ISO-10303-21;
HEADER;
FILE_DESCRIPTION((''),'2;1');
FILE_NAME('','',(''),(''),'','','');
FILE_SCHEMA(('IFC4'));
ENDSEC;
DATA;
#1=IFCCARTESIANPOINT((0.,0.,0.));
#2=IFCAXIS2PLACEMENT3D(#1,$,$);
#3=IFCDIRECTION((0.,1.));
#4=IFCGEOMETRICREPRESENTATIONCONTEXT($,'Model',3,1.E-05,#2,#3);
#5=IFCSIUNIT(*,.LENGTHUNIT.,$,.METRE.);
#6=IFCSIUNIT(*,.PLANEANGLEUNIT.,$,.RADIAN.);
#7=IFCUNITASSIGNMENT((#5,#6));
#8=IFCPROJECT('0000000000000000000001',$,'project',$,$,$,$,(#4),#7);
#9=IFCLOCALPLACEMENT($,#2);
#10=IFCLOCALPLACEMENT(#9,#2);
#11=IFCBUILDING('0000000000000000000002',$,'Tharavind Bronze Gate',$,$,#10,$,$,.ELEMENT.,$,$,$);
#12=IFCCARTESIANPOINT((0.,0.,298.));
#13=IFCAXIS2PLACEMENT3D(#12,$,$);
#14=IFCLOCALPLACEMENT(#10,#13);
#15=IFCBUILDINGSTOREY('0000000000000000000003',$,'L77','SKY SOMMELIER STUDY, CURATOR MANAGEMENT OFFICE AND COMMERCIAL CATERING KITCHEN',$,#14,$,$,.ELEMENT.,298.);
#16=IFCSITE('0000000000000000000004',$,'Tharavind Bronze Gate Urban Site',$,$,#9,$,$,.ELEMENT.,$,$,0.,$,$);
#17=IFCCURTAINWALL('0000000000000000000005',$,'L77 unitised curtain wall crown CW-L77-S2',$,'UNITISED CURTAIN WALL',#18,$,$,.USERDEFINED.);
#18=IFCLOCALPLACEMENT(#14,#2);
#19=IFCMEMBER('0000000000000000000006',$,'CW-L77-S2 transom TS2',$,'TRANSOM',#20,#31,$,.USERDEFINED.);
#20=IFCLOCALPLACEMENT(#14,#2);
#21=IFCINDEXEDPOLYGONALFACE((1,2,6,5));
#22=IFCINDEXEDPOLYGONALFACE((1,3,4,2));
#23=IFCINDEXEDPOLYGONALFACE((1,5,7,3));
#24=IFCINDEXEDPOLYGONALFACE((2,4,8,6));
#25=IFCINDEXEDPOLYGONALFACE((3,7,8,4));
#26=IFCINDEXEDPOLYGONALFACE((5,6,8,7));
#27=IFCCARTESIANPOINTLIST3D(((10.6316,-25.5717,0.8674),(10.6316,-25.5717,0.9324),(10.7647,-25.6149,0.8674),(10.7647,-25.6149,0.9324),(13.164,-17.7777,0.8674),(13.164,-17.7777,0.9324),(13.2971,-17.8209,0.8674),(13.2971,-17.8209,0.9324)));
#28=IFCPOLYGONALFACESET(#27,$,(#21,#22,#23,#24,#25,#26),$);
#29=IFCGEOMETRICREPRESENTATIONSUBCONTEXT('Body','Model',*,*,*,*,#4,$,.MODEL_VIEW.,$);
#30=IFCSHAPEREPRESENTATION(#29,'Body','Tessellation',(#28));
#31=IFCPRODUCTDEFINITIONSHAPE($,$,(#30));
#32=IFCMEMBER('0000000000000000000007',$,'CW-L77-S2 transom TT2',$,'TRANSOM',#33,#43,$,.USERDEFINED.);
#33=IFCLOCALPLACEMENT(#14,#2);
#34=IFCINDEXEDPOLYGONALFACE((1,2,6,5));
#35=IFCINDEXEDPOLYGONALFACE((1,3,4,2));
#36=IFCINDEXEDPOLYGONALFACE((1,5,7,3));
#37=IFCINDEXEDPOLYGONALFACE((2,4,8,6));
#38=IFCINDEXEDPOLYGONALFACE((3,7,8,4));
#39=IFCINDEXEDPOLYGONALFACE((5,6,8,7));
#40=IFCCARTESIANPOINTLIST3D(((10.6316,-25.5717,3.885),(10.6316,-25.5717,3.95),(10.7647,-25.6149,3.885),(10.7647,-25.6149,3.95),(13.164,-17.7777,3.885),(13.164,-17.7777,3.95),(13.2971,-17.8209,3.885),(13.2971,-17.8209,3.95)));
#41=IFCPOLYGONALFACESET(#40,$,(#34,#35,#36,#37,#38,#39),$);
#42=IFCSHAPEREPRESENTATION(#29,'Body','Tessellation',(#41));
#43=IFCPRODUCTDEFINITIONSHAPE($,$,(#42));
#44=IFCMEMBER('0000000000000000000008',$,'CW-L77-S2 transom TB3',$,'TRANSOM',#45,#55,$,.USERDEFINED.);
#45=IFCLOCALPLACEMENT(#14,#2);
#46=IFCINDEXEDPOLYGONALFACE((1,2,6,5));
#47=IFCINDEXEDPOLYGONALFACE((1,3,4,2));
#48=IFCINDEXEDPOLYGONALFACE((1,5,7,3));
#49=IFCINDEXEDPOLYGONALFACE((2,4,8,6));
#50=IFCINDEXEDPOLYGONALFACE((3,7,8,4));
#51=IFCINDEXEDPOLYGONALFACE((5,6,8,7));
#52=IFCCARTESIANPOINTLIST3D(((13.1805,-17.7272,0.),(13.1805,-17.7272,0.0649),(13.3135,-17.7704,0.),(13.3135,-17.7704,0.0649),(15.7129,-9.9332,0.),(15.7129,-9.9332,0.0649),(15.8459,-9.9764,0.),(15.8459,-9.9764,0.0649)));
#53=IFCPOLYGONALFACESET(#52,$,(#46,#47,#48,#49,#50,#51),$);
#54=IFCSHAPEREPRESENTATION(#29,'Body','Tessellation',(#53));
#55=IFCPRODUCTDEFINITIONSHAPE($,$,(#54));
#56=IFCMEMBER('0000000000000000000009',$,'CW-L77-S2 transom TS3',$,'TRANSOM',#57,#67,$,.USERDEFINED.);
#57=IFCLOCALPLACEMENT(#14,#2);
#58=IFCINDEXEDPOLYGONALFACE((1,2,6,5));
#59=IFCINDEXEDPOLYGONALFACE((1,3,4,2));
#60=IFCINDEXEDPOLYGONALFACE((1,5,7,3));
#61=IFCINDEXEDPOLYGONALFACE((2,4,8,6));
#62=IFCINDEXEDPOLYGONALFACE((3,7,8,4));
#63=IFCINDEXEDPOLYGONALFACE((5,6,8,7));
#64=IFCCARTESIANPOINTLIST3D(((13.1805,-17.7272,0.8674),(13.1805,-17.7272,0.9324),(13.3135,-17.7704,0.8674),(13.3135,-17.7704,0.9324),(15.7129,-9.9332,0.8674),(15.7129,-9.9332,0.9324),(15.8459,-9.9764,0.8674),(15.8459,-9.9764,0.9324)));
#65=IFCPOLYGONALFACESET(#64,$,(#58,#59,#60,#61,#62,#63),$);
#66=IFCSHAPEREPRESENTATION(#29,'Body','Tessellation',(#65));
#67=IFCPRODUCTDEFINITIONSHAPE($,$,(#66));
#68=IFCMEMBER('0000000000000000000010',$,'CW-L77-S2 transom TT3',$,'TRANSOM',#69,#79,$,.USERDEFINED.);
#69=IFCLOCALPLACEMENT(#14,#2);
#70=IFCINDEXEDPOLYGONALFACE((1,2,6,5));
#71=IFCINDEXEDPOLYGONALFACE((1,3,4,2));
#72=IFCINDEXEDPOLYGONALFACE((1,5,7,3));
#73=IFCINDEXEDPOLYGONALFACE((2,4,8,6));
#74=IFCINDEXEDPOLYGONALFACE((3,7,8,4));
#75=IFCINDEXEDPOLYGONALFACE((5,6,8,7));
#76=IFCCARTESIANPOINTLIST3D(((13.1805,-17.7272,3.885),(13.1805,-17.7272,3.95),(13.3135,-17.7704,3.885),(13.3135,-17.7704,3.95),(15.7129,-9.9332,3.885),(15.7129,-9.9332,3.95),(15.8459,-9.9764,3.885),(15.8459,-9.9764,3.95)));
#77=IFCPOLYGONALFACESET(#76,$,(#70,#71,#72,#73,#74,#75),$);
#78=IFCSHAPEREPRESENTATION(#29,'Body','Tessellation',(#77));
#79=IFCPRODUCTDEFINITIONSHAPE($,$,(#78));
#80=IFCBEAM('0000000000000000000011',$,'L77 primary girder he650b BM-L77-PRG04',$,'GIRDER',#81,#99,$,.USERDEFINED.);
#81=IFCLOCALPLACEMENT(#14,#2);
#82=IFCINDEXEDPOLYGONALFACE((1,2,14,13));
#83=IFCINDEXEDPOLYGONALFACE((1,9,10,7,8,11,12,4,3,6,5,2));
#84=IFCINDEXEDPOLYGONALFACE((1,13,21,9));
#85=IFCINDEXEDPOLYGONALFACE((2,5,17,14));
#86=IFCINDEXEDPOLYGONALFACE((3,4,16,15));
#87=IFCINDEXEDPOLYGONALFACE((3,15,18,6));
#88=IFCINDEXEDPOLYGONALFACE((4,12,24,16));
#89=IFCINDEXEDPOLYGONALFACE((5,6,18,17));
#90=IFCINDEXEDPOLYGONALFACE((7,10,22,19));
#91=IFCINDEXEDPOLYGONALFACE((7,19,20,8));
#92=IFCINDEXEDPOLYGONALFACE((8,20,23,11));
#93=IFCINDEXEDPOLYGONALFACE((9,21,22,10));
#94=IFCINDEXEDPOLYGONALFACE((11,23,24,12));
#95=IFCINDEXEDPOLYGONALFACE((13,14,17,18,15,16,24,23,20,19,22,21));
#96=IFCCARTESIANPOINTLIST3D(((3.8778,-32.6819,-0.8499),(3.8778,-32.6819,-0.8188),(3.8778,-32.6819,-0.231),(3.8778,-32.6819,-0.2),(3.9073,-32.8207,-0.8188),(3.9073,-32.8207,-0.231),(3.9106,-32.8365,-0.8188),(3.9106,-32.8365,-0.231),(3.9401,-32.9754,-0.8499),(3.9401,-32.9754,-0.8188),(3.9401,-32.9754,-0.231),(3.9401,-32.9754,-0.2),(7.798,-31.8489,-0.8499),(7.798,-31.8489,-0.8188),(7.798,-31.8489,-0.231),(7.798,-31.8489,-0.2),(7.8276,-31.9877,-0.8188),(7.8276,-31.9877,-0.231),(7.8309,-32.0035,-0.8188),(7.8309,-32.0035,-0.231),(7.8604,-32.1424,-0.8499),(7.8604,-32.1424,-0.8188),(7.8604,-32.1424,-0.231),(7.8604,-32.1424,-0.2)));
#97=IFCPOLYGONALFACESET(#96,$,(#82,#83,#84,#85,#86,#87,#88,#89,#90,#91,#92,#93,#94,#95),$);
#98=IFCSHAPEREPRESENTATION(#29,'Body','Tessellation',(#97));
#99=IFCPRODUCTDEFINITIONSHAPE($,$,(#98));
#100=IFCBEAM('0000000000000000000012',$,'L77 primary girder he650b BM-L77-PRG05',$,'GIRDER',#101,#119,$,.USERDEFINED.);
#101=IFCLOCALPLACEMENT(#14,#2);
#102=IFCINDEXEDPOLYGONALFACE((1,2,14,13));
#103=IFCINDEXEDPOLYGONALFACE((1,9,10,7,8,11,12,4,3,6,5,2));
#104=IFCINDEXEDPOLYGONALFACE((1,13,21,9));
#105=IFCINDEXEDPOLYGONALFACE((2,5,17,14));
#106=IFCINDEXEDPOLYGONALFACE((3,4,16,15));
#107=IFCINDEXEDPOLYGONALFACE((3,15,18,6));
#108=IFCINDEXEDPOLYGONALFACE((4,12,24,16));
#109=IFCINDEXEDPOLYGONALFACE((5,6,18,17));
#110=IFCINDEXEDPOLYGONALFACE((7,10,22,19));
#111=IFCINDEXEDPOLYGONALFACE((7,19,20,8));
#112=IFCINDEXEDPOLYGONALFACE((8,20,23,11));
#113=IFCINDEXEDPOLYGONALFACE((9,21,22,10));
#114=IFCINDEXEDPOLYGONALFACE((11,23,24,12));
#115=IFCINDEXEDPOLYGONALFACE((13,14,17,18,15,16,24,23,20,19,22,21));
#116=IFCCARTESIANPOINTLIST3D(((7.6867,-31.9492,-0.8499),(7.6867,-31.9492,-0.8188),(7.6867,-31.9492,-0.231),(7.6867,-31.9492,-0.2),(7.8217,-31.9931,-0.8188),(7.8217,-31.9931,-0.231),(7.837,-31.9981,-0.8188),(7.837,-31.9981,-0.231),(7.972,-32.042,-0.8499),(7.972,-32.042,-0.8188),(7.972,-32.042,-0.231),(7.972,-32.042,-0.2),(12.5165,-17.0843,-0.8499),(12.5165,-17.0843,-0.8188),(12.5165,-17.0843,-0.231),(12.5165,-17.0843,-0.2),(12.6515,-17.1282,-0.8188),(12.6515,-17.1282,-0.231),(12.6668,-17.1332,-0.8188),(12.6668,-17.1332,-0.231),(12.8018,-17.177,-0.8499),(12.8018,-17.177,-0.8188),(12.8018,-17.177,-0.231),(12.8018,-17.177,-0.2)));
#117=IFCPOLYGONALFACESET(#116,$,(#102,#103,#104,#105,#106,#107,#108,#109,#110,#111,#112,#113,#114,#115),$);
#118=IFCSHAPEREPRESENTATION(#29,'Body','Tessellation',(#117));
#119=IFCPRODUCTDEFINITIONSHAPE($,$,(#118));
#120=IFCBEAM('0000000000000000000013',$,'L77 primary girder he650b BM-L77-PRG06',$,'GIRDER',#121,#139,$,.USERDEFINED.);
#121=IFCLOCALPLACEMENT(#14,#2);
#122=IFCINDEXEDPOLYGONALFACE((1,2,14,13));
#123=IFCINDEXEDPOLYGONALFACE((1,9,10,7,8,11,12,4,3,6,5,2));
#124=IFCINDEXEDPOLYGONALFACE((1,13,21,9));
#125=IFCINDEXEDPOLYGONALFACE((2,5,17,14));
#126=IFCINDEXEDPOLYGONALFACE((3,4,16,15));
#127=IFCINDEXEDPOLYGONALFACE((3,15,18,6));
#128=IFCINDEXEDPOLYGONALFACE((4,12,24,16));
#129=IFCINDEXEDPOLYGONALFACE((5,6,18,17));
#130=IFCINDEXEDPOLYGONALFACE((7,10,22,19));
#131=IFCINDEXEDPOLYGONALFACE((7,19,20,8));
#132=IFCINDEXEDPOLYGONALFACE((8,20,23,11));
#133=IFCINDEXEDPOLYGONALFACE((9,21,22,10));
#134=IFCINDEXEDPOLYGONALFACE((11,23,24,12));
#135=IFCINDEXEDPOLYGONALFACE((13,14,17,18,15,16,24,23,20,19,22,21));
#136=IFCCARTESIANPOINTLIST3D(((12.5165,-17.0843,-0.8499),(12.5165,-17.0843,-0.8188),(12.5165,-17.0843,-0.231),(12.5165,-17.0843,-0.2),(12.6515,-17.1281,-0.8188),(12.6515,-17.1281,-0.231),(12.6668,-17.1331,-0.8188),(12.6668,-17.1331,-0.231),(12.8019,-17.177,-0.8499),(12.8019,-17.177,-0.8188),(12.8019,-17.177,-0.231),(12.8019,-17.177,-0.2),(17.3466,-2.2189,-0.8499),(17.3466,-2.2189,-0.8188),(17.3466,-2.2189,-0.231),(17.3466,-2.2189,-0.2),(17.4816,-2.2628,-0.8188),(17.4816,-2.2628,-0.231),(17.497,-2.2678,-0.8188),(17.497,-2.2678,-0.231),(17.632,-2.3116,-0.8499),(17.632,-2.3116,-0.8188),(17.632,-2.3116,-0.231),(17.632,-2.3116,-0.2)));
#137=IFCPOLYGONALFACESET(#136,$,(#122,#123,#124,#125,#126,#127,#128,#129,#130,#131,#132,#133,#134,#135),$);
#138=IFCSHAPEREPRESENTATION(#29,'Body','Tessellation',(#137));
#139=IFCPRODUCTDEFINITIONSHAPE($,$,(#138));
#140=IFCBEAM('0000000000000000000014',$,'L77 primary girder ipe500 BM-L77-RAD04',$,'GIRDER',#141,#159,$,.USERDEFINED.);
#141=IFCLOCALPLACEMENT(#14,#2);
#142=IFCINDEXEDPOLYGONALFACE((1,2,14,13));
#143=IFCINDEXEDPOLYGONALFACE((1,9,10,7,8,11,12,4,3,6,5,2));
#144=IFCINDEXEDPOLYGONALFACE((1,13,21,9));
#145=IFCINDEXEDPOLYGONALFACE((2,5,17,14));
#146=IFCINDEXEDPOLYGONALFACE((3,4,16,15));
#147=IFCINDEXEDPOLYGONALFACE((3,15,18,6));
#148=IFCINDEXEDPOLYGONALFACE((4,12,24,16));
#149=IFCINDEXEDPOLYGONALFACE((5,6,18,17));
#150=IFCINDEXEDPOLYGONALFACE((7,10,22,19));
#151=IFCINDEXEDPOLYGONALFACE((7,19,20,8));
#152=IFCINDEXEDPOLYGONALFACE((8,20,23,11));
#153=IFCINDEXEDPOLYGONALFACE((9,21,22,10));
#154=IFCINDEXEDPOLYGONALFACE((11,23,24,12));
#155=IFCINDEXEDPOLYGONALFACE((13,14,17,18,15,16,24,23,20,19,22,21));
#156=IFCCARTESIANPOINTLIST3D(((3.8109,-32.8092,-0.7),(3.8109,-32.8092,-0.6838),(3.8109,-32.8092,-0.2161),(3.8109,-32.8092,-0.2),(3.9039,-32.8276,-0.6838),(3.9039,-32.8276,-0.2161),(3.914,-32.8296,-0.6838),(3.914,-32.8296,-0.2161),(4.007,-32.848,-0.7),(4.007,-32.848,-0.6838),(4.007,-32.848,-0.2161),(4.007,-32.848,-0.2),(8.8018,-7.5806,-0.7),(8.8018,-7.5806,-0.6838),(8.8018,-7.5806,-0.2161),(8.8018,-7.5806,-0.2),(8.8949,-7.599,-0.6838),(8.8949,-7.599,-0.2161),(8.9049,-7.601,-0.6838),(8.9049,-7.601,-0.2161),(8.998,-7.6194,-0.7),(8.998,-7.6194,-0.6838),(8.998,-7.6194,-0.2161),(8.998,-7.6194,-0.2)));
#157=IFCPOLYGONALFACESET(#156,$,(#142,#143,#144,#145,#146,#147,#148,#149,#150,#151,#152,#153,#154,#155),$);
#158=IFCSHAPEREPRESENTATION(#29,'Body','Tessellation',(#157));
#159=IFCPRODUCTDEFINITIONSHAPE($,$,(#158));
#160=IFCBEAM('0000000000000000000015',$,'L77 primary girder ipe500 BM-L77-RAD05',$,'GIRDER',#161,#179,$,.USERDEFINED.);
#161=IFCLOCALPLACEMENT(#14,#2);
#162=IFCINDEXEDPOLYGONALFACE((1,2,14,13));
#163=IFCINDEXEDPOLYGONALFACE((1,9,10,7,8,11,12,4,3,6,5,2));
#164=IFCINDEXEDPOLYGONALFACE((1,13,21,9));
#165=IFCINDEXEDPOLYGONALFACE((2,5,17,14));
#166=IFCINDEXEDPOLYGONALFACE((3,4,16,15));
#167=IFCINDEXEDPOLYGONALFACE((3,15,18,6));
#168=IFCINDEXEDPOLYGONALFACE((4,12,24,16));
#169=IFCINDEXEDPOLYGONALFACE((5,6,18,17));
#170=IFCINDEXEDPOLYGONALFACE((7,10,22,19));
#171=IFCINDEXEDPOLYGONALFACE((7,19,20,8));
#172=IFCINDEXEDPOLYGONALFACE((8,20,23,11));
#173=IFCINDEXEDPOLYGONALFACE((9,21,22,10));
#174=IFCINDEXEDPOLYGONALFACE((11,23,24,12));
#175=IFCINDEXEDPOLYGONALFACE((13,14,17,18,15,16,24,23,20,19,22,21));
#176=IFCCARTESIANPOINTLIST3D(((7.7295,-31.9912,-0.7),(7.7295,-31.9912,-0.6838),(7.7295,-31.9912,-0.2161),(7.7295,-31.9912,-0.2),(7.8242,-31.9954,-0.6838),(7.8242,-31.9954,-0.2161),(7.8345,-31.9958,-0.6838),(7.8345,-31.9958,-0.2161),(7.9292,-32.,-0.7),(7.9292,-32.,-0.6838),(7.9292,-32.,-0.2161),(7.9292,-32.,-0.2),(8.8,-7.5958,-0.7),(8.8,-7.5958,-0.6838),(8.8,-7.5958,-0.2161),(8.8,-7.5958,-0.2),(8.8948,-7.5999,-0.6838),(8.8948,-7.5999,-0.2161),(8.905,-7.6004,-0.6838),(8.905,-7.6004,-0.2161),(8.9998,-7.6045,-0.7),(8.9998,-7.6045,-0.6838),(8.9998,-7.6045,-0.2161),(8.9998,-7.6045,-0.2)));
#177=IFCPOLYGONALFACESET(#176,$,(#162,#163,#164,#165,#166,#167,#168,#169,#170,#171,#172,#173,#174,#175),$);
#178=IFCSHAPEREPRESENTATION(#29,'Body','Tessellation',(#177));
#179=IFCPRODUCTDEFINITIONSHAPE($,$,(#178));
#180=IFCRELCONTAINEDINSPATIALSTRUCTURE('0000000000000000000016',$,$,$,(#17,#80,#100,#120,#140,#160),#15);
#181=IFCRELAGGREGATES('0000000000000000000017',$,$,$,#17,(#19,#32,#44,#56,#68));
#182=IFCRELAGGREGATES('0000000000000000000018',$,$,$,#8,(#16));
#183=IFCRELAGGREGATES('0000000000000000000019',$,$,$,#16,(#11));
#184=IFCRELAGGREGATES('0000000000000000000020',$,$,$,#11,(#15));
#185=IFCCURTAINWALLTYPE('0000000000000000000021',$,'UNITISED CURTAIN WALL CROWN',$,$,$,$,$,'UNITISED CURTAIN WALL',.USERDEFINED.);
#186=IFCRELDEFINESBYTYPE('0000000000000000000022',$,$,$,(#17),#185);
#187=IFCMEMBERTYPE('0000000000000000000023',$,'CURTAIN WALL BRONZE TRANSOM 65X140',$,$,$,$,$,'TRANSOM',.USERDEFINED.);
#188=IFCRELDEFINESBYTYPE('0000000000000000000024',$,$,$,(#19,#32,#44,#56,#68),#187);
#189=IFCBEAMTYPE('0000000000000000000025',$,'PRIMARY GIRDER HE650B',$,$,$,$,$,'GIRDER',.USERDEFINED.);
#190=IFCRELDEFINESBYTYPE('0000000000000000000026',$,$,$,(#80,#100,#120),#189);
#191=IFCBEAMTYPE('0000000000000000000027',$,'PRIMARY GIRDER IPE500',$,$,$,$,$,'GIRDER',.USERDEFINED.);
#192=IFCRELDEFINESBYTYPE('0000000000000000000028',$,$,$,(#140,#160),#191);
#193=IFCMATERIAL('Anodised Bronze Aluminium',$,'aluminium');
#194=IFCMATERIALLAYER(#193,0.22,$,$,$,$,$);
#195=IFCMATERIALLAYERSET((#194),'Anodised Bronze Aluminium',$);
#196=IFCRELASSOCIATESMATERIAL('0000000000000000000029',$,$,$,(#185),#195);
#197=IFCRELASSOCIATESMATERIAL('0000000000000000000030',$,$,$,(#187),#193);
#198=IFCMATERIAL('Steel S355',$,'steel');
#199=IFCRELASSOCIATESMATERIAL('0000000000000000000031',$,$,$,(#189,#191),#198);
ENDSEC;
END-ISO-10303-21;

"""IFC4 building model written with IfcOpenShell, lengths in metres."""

from ifc_helpers import new_model, si_unit, direction, frame, origin, origin_2d, place, context, subcontext, project, spatial, rectangle, i_section, extrude, material, layer, layer_set, material_profile, profile_set, type_object, element, aggregate, save


model = new_model("IFC4")

# Units and contexts
model_context = context("Model", 3, precision=1e-05, world=origin(), true_north=direction((0.0, 1.0)))
body_context = subcontext(model_context, "Body", "Model", "MODEL_VIEW")
ifc_project = project(units=[si_unit("LENGTHUNIT", "METRE"), si_unit("PLANEANGLEUNIT", "RADIAN")], contexts=[model_context])

# Site, building, storey
site_placement = place(None, origin())
site = spatial("IfcSite", under=ifc_project, at=site_placement, Name="Tharavind Bronze Gate Urban Site", CompositionType="ELEMENT", RefElevation=0.0)
building_placement = place(site_placement, origin())
building = spatial("IfcBuilding", under=site, at=building_placement, Name="Tharavind Bronze Gate", CompositionType="ELEMENT")
storey_placement = place(building_placement, frame((0.0, 0.0, 298.0)))
storey = spatial("IfcBuildingStorey", under=building, at=storey_placement, Name="L77", Description="SKY SOMMELIER STUDY, CURATOR MANAGEMENT OFFICE AND COMMERCIAL CATERING KITCHEN", CompositionType="ELEMENT", Elevation=298.0)

# Shared definitions
ifc_material_1 = material(Name="Anodised Bronze Aluminium", Category="aluminium")
ifc_layer_1 = layer(ifc_material_1, 0.22)
ifc_layer_set_1 = layer_set([ifc_layer_1], Name="Anodised Bronze Aluminium")
curtain_wall_type = type_object("IfcCurtainWallType", Name="UNITISED CURTAIN WALL CROWN", ElementType="UNITISED CURTAIN WALL", PredefinedType="USERDEFINED", material=ifc_layer_set_1)

# Curtain wall
curtain_wall_1_placement = place(storey_placement, origin())
curtain_wall_1 = element("IfcCurtainWall", 1, at=curtain_wall_1_placement, inside=storey, type_object=curtain_wall_type, Name="L77 unitised curtain wall crown CW-L77-S2", ObjectType="UNITISED CURTAIN WALL", PredefinedType="USERDEFINED")

# Members
member_type_1 = type_object("IfcMemberType", Name="CURTAIN WALL BRONZE TRANSOM 65X140", ElementType="TRANSOM", PredefinedType="USERDEFINED", material=ifc_material_1)
member_1_placement = place(storey_placement, frame((11.9644, -21.6963, 0.8674), z_axis=(0.0, 0.0, 1.0), x_axis=(0.309017, 0.951057, 0.0)))
member_1 = element("IfcMember", 2, at=member_1_placement, type_object=member_type_1, Name="CW-L77-S2 transom TS2", ObjectType="TRANSOM", PredefinedType="USERDEFINED", context=body_context, shape_type="SweptSolid", body=[
    extrude(rectangle(XDim=8.1951, YDim=0.1399, at=origin_2d()), origin(), (0.0, 0.0, 1.0), 0.0649),
])
member_2_placement = place(storey_placement, frame((11.9644, -21.6963, 3.885), z_axis=(0.0, 0.0, 1.0), x_axis=(0.309017, 0.951057, 0.0)))
member_2 = element("IfcMember", 3, at=member_2_placement, type_object=member_type_1, Name="CW-L77-S2 transom TT2", ObjectType="TRANSOM", PredefinedType="USERDEFINED", context=body_context, shape_type="SweptSolid", body=[
    extrude(rectangle(XDim=8.1951, YDim=0.1399, at=origin_2d()), origin(), (0.0, 0.0, 1.0), 0.0649),
])
member_3_placement = place(storey_placement, frame((14.5132, -13.8518, 0.0), z_axis=(0.0, 0.0, 1.0), x_axis=(0.309017, 0.951057, 0.0)))
member_3 = element("IfcMember", 4, at=member_3_placement, type_object=member_type_1, Name="CW-L77-S2 transom TB3", ObjectType="TRANSOM", PredefinedType="USERDEFINED", context=body_context, shape_type="SweptSolid", body=[
    extrude(rectangle(XDim=8.1951, YDim=0.1399, at=origin_2d()), origin(), (0.0, 0.0, 1.0), 0.0649),
])
member_4_placement = place(storey_placement, frame((14.5132, -13.8518, 0.8674), z_axis=(0.0, 0.0, 1.0), x_axis=(0.309017, 0.951057, 0.0)))
member_4 = element("IfcMember", 5, at=member_4_placement, type_object=member_type_1, Name="CW-L77-S2 transom TS3", ObjectType="TRANSOM", PredefinedType="USERDEFINED", context=body_context, shape_type="SweptSolid", body=[
    extrude(rectangle(XDim=8.1951, YDim=0.1399, at=origin_2d()), origin(), (0.0, 0.0, 1.0), 0.0649),
])
member_5_placement = place(storey_placement, frame((14.5132, -13.8518, 3.885), z_axis=(0.0, 0.0, 1.0), x_axis=(0.309017, 0.951057, 0.0)))
member_5 = element("IfcMember", 6, at=member_5_placement, type_object=member_type_1, Name="CW-L77-S2 transom TT3", ObjectType="TRANSOM", PredefinedType="USERDEFINED", context=body_context, shape_type="SweptSolid", body=[
    extrude(rectangle(XDim=8.1951, YDim=0.1399, at=origin_2d()), origin(), (0.0, 0.0, 1.0), 0.0649),
])

# Beams
ifc_material_2 = material(Name="Steel S355", Category="steel")
ifc_material_profile_1 = material_profile(ifc_material_2, i_section(OverallWidth=0.3, OverallDepth=0.6499, WebThickness=0.0161, FlangeThickness=0.031, at=origin_2d()), Name="HE650B")
ifc_profile_set_1 = profile_set([ifc_material_profile_1], Name="Steel S355")
beam_type_1 = type_object("IfcBeamType", Name="PRIMARY GIRDER HE650B", ElementType="GIRDER", PredefinedType="USERDEFINED", material=ifc_profile_set_1)
beam_1_placement = place(storey_placement, frame((3.9089, -32.8286, -0.5249), z_axis=(0.978163, 0.20784, 0.0), x_axis=(-0.20784, 0.978163, 0.0)))
element("IfcBeam", 7, at=beam_1_placement, inside=storey, type_object=beam_type_1, Name="L77 primary girder he650b BM-L77-PRG04", ObjectType="GIRDER", PredefinedType="USERDEFINED", context=body_context, shape_type="SweptSolid", body=[
    extrude(i_section(OverallWidth=0.3, OverallDepth=0.6499, WebThickness=0.0161, FlangeThickness=0.031, at=origin_2d()), origin(), (0.0, 0.0, 1.0), 4.0078),
])
beam_2_placement = place(storey_placement, frame((7.8293, -31.9956, -0.5249), z_axis=(0.309012, 0.951058, 0.0), x_axis=(-0.951058, 0.309012, 0.0)))
element("IfcBeam", 8, at=beam_2_placement, inside=storey, type_object=beam_type_1, Name="L77 primary girder he650b BM-L77-PRG05", ObjectType="GIRDER", PredefinedType="USERDEFINED", context=body_context, shape_type="SweptSolid", body=[
    extrude(i_section(OverallWidth=0.3, OverallDepth=0.6499, WebThickness=0.0161, FlangeThickness=0.031, at=origin_2d()), origin(), (0.0, 0.0, 1.0), 15.6299),
])
beam_3_placement = place(storey_placement, frame((12.6592, -17.1306, -0.5249), z_axis=(0.309021, 0.951055, 0.0), x_axis=(-0.951055, 0.309021, 0.0)))
element("IfcBeam", 9, at=beam_3_placement, inside=storey, type_object=beam_type_1, Name="L77 primary girder he650b BM-L77-PRG06", ObjectType="GIRDER", PredefinedType="USERDEFINED", context=body_context, shape_type="SweptSolid", body=[
    extrude(i_section(OverallWidth=0.3, OverallDepth=0.6499, WebThickness=0.0161, FlangeThickness=0.031, at=origin_2d()), origin(), (0.0, 0.0, 1.0), 15.6304),
])
ifc_material_profile_2 = material_profile(ifc_material_2, i_section(OverallWidth=0.2, OverallDepth=0.5, WebThickness=0.0103, FlangeThickness=0.0161, at=origin_2d()), Name="IPE500")
ifc_profile_set_2 = profile_set([ifc_material_profile_2], Name="Steel S355")
beam_type_2 = type_object("IfcBeamType", Name="PRIMARY GIRDER IPE500", ElementType="GIRDER", PredefinedType="USERDEFINED", material=ifc_profile_set_2)
beam_4_placement = place(storey_placement, frame((3.9089, -32.8286, -0.45), z_axis=(0.194069, 0.980988, 0.0), x_axis=(-0.980988, 0.194069, 0.0)))
element("IfcBeam", 10, at=beam_4_placement, inside=storey, type_object=beam_type_2, Name="L77 primary girder ipe500 BM-L77-RAD04", ObjectType="GIRDER", PredefinedType="USERDEFINED", context=body_context, shape_type="SweptSolid", body=[
    extrude(i_section(OverallWidth=0.2, OverallDepth=0.5, WebThickness=0.0103, FlangeThickness=0.0161, at=origin_2d()), origin(), (0.0, 0.0, 1.0), 25.7175),
])
beam_5_placement = place(storey_placement, frame((7.8293, -31.9956, -0.45), z_axis=(0.043841, 0.999039, 0.0), x_axis=(-0.999039, 0.043841, 0.0)))
element("IfcBeam", 11, at=beam_5_placement, inside=storey, type_object=beam_type_2, Name="L77 primary girder ipe500 BM-L77-RAD05", ObjectType="GIRDER", PredefinedType="USERDEFINED", context=body_context, shape_type="SweptSolid", body=[
    extrude(i_section(OverallWidth=0.2, OverallDepth=0.5, WebThickness=0.0103, FlangeThickness=0.0161, at=origin_2d()), origin(), (0.0, 0.0, 1.0), 24.4189),
])

aggregate(curtain_wall_1, [member_1, member_2, member_3, member_4, member_5])

save(model, "model.ifc")
